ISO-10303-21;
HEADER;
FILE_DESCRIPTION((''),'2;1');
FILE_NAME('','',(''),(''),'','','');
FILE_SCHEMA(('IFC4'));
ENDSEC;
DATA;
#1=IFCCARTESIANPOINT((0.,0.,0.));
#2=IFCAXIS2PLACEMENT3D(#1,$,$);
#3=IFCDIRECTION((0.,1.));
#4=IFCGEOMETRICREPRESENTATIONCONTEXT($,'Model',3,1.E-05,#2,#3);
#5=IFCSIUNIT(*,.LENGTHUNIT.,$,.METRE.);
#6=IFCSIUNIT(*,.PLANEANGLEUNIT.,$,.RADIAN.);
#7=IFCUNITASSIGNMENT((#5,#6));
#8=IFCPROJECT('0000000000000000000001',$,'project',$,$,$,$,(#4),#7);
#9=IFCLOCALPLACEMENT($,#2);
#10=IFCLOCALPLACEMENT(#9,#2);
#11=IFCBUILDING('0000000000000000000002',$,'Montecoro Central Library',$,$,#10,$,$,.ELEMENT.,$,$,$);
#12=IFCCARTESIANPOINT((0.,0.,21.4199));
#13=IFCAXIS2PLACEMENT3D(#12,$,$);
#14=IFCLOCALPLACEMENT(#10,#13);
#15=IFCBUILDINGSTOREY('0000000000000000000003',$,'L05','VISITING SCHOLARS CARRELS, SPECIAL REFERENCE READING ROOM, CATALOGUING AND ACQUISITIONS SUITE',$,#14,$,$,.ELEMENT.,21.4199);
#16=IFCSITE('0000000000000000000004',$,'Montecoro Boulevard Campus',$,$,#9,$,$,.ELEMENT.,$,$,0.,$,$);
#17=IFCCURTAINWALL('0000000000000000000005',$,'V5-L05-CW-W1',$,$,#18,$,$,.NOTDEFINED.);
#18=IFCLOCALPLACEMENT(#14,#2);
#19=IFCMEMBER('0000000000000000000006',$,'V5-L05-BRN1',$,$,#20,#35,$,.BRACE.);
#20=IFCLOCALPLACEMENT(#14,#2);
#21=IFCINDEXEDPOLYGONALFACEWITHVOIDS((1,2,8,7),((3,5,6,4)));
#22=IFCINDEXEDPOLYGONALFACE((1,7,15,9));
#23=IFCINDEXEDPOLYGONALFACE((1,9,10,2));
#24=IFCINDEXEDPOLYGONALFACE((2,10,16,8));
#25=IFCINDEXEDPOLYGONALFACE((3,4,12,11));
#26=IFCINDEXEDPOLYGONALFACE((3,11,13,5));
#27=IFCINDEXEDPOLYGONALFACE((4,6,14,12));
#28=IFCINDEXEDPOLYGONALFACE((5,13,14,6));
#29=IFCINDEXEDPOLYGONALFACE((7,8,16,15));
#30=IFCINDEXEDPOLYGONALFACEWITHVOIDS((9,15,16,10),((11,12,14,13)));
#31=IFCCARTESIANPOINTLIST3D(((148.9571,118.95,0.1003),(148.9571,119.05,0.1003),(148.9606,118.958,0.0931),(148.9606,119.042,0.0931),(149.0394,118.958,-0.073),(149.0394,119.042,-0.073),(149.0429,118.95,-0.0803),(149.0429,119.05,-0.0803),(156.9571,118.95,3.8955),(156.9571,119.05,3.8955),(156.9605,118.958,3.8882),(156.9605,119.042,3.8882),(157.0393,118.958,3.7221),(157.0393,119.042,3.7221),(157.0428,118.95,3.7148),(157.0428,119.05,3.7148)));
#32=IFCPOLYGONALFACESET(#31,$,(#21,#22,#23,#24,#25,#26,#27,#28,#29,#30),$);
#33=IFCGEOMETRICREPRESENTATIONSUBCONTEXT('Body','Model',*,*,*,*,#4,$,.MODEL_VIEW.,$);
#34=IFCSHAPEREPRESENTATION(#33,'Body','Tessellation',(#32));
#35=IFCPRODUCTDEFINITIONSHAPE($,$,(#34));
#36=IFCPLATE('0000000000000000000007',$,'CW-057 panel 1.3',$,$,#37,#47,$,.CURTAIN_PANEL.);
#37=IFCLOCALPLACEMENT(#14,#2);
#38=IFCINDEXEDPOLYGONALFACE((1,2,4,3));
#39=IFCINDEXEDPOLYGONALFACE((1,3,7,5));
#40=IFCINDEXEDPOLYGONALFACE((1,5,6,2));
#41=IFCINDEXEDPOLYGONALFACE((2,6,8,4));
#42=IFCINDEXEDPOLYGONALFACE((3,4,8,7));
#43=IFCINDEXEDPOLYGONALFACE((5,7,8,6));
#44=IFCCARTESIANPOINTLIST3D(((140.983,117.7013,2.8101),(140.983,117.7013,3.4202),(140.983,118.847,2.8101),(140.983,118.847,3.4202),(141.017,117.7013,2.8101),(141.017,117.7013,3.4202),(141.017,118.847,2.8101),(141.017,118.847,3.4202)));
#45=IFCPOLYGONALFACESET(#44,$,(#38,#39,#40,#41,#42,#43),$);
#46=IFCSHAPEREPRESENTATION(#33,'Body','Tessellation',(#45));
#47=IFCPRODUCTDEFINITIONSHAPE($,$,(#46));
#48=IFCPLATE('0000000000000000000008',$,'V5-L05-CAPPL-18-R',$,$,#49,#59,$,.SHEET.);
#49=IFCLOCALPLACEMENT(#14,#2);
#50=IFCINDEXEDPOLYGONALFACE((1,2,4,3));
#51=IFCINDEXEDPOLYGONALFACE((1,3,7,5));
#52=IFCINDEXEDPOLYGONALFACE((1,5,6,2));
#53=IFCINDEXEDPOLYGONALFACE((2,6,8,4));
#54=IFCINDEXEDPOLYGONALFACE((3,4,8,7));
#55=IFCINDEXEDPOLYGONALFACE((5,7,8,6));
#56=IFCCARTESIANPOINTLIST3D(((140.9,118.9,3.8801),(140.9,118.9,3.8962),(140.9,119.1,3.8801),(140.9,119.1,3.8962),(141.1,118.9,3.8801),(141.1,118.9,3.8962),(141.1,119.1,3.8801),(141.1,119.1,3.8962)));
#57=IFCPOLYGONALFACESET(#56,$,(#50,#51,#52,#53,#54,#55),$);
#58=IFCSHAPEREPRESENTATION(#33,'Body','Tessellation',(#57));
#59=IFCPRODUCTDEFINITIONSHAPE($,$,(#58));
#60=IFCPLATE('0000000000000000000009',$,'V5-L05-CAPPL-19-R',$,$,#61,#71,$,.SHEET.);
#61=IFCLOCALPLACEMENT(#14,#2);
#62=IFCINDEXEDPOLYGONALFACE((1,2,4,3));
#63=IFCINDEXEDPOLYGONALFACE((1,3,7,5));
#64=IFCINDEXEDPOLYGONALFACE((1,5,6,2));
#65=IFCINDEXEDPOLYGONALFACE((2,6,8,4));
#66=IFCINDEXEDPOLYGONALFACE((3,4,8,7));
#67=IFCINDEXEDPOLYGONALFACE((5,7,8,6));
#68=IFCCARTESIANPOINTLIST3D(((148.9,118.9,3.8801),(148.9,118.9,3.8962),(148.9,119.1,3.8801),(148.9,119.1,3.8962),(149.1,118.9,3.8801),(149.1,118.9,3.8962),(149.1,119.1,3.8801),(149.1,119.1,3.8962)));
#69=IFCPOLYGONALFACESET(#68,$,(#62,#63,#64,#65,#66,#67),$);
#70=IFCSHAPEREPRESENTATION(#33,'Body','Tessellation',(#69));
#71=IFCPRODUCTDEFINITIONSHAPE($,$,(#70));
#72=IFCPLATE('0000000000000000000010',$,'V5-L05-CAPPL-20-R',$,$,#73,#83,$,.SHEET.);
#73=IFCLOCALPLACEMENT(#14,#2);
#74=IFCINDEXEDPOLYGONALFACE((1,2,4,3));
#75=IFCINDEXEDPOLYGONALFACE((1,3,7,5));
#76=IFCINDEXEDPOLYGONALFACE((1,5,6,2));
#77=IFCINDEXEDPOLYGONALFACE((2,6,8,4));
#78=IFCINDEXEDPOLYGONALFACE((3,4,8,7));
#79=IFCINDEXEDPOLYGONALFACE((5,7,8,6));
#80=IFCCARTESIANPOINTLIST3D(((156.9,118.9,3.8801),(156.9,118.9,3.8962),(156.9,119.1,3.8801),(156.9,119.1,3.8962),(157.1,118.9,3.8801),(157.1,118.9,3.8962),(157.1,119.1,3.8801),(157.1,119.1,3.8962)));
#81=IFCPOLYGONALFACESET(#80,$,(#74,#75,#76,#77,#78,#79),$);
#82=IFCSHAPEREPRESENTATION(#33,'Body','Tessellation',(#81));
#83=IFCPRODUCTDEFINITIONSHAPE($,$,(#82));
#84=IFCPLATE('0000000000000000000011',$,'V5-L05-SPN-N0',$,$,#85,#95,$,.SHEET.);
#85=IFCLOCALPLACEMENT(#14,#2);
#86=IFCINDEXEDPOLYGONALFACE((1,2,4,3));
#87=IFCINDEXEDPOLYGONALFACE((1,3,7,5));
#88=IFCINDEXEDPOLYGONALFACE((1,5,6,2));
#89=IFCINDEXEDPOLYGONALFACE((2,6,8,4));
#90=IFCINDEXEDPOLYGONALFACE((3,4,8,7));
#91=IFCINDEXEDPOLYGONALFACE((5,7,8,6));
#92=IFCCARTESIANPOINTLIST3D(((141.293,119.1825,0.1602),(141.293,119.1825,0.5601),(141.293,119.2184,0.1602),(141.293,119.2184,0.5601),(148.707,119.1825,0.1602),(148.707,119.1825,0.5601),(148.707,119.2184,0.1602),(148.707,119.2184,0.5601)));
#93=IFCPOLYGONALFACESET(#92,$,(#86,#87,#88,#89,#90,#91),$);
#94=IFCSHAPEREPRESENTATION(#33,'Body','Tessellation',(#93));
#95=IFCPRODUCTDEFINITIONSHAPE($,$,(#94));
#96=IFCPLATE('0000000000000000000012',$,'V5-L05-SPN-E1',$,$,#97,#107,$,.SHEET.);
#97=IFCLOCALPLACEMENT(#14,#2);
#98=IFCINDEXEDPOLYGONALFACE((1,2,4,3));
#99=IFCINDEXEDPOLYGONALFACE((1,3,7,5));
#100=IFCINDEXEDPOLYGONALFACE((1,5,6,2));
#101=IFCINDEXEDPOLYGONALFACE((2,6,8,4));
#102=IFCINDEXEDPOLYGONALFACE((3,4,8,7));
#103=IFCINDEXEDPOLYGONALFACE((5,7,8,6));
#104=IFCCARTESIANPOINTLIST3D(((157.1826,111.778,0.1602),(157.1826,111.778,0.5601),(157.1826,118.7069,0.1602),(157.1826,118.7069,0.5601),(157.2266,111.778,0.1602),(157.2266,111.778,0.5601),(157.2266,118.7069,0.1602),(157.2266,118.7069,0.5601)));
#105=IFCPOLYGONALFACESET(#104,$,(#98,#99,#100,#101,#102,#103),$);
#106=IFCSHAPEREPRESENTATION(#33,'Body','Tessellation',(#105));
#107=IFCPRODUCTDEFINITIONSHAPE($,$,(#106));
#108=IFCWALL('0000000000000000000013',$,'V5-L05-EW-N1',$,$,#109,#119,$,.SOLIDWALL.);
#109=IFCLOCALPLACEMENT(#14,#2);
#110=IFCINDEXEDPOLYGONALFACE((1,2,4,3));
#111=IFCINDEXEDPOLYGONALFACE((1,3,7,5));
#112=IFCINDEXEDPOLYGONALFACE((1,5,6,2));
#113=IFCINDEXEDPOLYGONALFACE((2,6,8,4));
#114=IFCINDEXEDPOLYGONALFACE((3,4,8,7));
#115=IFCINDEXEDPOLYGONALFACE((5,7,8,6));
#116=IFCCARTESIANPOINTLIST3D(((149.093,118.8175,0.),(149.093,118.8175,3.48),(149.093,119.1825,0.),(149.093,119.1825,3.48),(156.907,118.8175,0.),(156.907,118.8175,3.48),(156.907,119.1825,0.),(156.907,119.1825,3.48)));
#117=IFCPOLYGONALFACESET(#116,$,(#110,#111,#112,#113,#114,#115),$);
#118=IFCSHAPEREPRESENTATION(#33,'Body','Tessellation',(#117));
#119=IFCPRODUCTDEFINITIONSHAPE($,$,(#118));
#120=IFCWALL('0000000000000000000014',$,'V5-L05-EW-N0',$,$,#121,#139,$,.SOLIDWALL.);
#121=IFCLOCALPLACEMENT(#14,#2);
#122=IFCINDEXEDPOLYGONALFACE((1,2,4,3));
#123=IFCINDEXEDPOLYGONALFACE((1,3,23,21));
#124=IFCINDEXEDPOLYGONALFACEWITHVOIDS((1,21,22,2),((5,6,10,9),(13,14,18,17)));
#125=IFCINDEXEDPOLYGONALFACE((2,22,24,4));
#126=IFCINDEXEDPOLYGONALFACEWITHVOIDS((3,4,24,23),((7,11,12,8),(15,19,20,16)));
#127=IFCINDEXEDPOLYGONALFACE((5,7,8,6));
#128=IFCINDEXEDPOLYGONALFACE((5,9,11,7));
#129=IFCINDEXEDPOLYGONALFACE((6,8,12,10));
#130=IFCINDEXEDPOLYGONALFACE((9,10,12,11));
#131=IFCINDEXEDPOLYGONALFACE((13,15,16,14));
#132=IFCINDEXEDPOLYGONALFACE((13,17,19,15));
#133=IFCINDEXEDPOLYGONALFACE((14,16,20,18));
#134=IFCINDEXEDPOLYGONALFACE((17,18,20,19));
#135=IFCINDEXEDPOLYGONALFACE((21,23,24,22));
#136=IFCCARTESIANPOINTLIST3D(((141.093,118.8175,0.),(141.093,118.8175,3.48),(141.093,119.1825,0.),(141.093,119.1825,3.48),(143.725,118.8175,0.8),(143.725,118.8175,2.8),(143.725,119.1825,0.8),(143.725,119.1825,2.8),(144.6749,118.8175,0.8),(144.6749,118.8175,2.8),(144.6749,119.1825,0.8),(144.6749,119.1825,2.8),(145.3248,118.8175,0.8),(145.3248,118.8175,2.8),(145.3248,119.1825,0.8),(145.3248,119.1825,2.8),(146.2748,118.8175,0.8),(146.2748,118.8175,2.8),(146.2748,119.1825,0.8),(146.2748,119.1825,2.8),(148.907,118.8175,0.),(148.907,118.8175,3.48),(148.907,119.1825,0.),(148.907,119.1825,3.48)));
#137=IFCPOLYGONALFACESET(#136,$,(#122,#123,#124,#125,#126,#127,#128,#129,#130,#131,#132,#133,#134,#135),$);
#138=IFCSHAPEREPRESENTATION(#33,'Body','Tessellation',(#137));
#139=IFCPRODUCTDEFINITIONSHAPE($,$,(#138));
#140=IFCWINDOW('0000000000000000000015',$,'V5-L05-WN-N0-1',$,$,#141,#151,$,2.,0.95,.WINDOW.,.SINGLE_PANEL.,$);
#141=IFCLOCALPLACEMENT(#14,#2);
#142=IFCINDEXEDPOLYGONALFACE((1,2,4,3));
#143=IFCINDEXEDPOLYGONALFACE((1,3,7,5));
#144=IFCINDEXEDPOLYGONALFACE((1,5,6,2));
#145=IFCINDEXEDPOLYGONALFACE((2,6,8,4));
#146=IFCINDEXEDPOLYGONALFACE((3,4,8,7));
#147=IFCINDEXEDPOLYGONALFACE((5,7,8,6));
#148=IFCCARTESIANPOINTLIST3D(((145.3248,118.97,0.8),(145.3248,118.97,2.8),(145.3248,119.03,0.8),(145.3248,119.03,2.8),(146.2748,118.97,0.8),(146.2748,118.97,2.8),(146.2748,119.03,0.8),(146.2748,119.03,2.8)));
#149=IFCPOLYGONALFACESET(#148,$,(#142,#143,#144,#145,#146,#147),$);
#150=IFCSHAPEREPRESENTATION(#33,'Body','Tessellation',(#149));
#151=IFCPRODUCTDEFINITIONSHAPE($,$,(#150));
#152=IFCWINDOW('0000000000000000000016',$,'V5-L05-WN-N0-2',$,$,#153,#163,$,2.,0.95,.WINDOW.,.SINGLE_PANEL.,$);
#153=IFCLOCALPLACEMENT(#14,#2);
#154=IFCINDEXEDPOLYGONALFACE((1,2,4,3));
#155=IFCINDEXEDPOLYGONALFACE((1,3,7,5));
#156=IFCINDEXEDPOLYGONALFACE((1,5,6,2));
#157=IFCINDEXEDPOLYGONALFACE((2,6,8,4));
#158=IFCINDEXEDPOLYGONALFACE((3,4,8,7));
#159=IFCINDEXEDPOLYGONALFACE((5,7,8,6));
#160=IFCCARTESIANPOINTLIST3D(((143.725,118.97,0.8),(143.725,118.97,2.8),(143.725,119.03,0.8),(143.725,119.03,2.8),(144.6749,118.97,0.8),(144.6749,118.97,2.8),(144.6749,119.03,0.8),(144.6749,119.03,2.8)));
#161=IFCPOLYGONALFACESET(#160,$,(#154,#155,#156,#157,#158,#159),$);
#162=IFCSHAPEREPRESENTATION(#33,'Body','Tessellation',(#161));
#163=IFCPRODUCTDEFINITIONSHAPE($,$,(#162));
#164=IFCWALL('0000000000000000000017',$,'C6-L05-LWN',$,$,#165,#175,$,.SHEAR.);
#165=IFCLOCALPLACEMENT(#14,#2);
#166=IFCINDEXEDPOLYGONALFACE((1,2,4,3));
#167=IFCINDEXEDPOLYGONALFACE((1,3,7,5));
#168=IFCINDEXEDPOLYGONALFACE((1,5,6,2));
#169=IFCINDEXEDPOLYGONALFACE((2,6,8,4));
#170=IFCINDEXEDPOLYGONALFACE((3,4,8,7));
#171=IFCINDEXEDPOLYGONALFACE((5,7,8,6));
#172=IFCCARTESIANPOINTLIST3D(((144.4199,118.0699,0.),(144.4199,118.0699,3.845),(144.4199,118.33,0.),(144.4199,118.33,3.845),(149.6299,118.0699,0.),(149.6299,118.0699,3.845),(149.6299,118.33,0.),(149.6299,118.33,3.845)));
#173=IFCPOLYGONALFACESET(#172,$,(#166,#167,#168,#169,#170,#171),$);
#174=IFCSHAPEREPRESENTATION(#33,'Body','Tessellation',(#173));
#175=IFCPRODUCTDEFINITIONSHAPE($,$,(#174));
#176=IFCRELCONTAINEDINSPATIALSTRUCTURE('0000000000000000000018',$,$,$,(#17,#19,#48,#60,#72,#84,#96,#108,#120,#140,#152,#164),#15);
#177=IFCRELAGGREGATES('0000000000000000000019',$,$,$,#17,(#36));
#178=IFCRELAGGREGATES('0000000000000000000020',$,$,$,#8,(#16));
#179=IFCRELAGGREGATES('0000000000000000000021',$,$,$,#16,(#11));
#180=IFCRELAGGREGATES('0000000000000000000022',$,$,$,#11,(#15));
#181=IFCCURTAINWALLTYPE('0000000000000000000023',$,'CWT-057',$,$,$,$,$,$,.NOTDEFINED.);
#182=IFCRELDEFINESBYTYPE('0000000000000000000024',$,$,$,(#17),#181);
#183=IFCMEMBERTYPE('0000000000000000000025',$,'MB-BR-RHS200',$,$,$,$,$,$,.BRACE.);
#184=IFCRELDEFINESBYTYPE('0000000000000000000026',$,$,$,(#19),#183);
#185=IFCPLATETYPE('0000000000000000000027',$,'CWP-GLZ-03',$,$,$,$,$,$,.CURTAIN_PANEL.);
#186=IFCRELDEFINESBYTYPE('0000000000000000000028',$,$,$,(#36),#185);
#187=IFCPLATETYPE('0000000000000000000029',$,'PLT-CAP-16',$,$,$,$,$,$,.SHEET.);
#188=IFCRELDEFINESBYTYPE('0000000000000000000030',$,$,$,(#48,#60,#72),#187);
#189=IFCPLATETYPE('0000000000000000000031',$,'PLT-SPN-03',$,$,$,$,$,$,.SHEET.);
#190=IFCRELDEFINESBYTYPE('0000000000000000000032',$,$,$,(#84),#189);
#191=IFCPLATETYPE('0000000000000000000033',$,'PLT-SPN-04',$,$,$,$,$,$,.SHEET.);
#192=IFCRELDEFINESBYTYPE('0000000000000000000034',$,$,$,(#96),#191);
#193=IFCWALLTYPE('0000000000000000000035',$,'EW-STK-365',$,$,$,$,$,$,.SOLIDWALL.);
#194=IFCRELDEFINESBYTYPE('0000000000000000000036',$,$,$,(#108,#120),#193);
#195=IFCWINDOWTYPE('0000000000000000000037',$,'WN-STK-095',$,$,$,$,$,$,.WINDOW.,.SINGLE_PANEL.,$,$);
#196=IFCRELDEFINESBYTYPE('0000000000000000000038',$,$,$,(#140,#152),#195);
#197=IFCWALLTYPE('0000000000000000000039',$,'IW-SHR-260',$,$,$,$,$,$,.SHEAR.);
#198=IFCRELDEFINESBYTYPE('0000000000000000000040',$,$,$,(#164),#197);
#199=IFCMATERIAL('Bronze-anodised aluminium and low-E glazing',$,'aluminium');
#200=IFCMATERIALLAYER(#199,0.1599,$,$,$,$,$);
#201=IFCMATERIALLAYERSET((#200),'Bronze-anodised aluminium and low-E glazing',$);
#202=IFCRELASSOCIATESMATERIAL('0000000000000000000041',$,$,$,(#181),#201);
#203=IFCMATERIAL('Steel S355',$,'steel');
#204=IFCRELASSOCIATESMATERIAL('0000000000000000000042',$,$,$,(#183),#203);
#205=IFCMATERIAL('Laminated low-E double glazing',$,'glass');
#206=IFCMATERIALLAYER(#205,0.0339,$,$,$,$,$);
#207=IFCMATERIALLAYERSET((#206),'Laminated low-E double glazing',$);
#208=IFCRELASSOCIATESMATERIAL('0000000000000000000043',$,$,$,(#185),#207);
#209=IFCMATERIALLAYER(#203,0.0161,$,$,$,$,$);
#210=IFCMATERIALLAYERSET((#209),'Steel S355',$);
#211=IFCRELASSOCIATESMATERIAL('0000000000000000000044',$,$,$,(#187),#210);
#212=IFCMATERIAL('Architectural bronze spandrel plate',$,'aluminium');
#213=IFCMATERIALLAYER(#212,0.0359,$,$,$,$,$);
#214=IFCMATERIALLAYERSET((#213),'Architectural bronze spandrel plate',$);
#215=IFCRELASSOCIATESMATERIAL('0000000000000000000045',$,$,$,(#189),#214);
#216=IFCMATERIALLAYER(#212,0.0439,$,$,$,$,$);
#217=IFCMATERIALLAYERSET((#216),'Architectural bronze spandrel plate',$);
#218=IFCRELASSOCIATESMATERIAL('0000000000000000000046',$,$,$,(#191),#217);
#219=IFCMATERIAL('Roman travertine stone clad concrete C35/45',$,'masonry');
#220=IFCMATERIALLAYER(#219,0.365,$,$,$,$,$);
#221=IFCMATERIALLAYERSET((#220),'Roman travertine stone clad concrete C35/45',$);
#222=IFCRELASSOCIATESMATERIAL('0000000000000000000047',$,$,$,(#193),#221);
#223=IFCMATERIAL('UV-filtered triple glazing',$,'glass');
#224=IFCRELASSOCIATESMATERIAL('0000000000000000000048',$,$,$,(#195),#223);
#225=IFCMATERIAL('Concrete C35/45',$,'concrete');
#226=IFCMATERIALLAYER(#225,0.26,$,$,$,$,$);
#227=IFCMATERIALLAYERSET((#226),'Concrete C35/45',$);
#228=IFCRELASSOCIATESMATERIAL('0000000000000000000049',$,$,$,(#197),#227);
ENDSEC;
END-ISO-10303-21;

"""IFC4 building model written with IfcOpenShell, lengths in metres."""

from ifc_helpers import new_model, si_unit, direction, frame, frame_2d, origin, origin_2d, place, context, subcontext, project, spatial, rectangle, hollow_rectangle, extrude, material, layer, layer_set, material_profile, profile_set, type_object, element, fill, aggregate, save


model = new_model("IFC4")

# Units and contexts
model_context = context("Model", 3, precision=1e-05, world=origin(), true_north=direction((0.0, 1.0)))
body_context = subcontext(model_context, "Body", "Model", "MODEL_VIEW")
ifc_project = project(units=[si_unit("LENGTHUNIT", "METRE"), si_unit("PLANEANGLEUNIT", "RADIAN")], contexts=[model_context])

# Site, building, storey
site_placement = place(None, origin())
site = spatial("IfcSite", under=ifc_project, at=site_placement, Name="Montecoro Boulevard Campus", CompositionType="ELEMENT", RefElevation=0.0)
building_placement = place(site_placement, origin())
building = spatial("IfcBuilding", under=site, at=building_placement, Name="Montecoro Central Library", CompositionType="ELEMENT")
storey_placement = place(building_placement, frame((0.0, 0.0, 21.4199)))
storey = spatial("IfcBuildingStorey", under=building, at=storey_placement, Name="L05", Description="VISITING SCHOLARS CARRELS, SPECIAL REFERENCE READING ROOM, CATALOGUING AND ACQUISITIONS SUITE", CompositionType="ELEMENT", Elevation=21.4199)

# Shared definitions
ifc_material_1 = material(Name="Steel S355", Category="steel")

# Curtain wall
ifc_material_2 = material(Name="Bronze-anodised aluminium and low-E glazing", Category="aluminium")
ifc_layer_1 = layer(ifc_material_2, 0.1599)
ifc_layer_set_1 = layer_set([ifc_layer_1], Name="Bronze-anodised aluminium and low-E glazing")
curtain_wall_type = type_object("IfcCurtainWallType", Name="CWT-057", PredefinedType="NOTDEFINED", material=ifc_layer_set_1)
curtain_wall_placement = place(storey_placement, origin())
curtain_wall = element("IfcCurtainWall", 1, at=curtain_wall_placement, inside=storey, type_object=curtain_wall_type, Name="V5-L05-CW-W1", PredefinedType="NOTDEFINED")

# Member
ifc_material_profile_1 = material_profile(ifc_material_1, hollow_rectangle(XDim=0.1001, YDim=0.2, WallThickness=0.0081, at=origin_2d()), Name="RHS 200x100x8.0")
ifc_profile_set_1 = profile_set([ifc_material_profile_1], Name="Steel S355")
member_type_1 = type_object("IfcMemberType", Name="MB-BR-RHS200", PredefinedType="BRACE", material=ifc_profile_set_1)
member_1_placement = place(storey_placement, frame((149.0, 119.0, 0.01), z_axis=(0.903489, 0.0, 0.428611), x_axis=(0.0, 1.0, 0.0)))
element("IfcMember", 2, at=member_1_placement, inside=storey, type_object=member_type_1, Name="V5-L05-BRN1", PredefinedType="BRACE", context=body_context, shape_type="SweptSolid", body=[
    extrude(hollow_rectangle(XDim=0.1001, YDim=0.2, WallThickness=0.0081, at=origin_2d()), origin(), (0.0, 0.0, 1.0), 8.8545),
])

# Plate
ifc_material_3 = material(Name="Laminated low-E double glazing", Category="glass")
ifc_layer_2 = layer(ifc_material_3, 0.0339)
ifc_layer_set_2 = layer_set([ifc_layer_2], Name="Laminated low-E double glazing")
plate_type_1 = type_object("IfcPlateType", Name="CWP-GLZ-03", PredefinedType="CURTAIN_PANEL", material=ifc_layer_set_2)
plate_1_placement = place(storey_placement, frame((141.0, 118.2742, 2.8101), z_axis=(0.0, 0.0, 1.0), x_axis=(0.0, -1.0, 0.0)))
plate_1 = element("IfcPlate", 3, at=plate_1_placement, type_object=plate_type_1, Name="CW-057 panel 1.3", PredefinedType="CURTAIN_PANEL", context=body_context, shape_type="SweptSolid", body=[
    extrude(rectangle(XDim=1.1458, YDim=0.0339, at=origin_2d()), origin(), (0.0, 0.0, 1.0), 0.6101),
])
aggregate(curtain_wall, [plate_1])

# Plates
ifc_layer_3 = layer(ifc_material_1, 0.0161)
ifc_layer_set_3 = layer_set([ifc_layer_3], Name="Steel S355")
plate_type_2 = type_object("IfcPlateType", Name="PLT-CAP-16", PredefinedType="SHEET", material=ifc_layer_set_3)
for number, where, z_axis, x_axis, name in (
    (4, (141.0, 119.0, 3.8801), (0.0, 0.0, 1.0), (1.0, 0.0, 0.0), "V5-L05-CAPPL-18-R"),
    (5, (149.0, 119.0, 3.8801), (0.0, 0.0, 1.0), (1.0, 0.0, 0.0), "V5-L05-CAPPL-19-R"),
    (6, (157.0, 119.0, 3.8801), (0.0, 0.0, 1.0), (1.0, 0.0, 0.0), "V5-L05-CAPPL-20-R"),
):
    element("IfcPlate", number, at=place(storey_placement, frame(where, z_axis=z_axis, x_axis=x_axis)), inside=storey, type_object=plate_type_2, Name=name, PredefinedType="SHEET", context=body_context, shape_type="SweptSolid", body=[
        extrude(rectangle(XDim=0.2, YDim=0.2, at=origin_2d()), origin(), (0.0, 0.0, 1.0), 0.0161),
    ])
ifc_material_4 = material(Name="Architectural bronze spandrel plate", Category="aluminium")
ifc_layer_4 = layer(ifc_material_4, 0.0359)
ifc_layer_set_4 = layer_set([ifc_layer_4], Name="Architectural bronze spandrel plate")
plate_type_3 = type_object("IfcPlateType", Name="PLT-SPN-03", PredefinedType="SHEET", material=ifc_layer_set_4)
plate_2_placement = place(storey_placement, frame((145.0, 119.2004, 0.1602), z_axis=(0.0, 0.0, 1.0), x_axis=(-1.0, 0.0, 0.0)))
element("IfcPlate", 7, at=plate_2_placement, inside=storey, type_object=plate_type_3, Name="V5-L05-SPN-N0", PredefinedType="SHEET", context=body_context, shape_type="SweptSolid", body=[
    extrude(rectangle(XDim=7.4141, YDim=0.0359, at=origin_2d()), origin(), (0.0, 0.0, 1.0), 0.3999),
])
ifc_layer_5 = layer(ifc_material_4, 0.0439)
ifc_layer_set_5 = layer_set([ifc_layer_5], Name="Architectural bronze spandrel plate")
plate_type_4 = type_object("IfcPlateType", Name="PLT-SPN-04", PredefinedType="SHEET", material=ifc_layer_set_5)
plate_3_placement = place(storey_placement, frame((157.2046, 115.2424, 0.1602), z_axis=(0.0, 0.0, 1.0), x_axis=(0.0, 1.0, 0.0)))
element("IfcPlate", 8, at=plate_3_placement, inside=storey, type_object=plate_type_4, Name="V5-L05-SPN-E1", PredefinedType="SHEET", context=body_context, shape_type="SweptSolid", body=[
    extrude(rectangle(XDim=6.929, YDim=0.0439, at=origin_2d()), origin(), (0.0, 0.0, 1.0), 0.3999),
])

# Wall
ifc_material_5 = material(Name="Roman travertine stone clad concrete C35/45", Category="masonry")
ifc_layer_6 = layer(ifc_material_5, 0.365)
ifc_layer_set_6 = layer_set([ifc_layer_6], Name="Roman travertine stone clad concrete C35/45")
wall_type_1 = type_object("IfcWallType", Name="EW-STK-365", PredefinedType="SOLIDWALL", material=ifc_layer_set_6)
wall_1_placement = place(storey_placement, frame((156.907, 119.0, 0.0), z_axis=(0.0, 0.0, 1.0), x_axis=(-1.0, 0.0, 0.0)))
element("IfcWall", 9, at=wall_1_placement, inside=storey, type_object=wall_type_1, Name="V5-L05-EW-N1", PredefinedType="SOLIDWALL", context=body_context, shape_type="SweptSolid", body=[
    extrude(rectangle(XDim=7.814, YDim=0.365, at=frame_2d((3.907, 0.0))), origin(), (0.0, 0.0, 1.0), 3.48),
])

# Wall, openings, windows
wall_2_placement = place(storey_placement, frame((148.907, 119.0, 0.0), z_axis=(0.0, 0.0, 1.0), x_axis=(-1.0, 0.0, 0.0)))
wall_2 = element("IfcWall", 10, at=wall_2_placement, inside=storey, type_object=wall_type_1, Name="V5-L05-EW-N0", PredefinedType="SOLIDWALL", context=body_context, shape_type="SweptSolid", body=[
    extrude(rectangle(XDim=7.814, YDim=0.365, at=frame_2d((3.907, 0.0))), origin(), (0.0, 0.0, 1.0), 3.48),
])
opening_1_placement = place(wall_2_placement, frame((2.6321, 0.0, 0.8)))
opening_1 = element("IfcOpeningElement", 11, at=opening_1_placement, cuts=wall_2, PredefinedType="OPENING", context=body_context, shape_type="SweptSolid", body=[
    extrude(rectangle(XDim=0.95, YDim=2.0, at=frame_2d((0.4751, 1.0))), frame((0.0, 0.1924, 0.0), z_axis=(0.0, -1.0, 0.0), x_axis=(1.0, 0.0, 0.0)), (0.0, 0.0, 1.0), 0.385),
])
opening_2_placement = place(wall_2_placement, frame((4.2319, 0.0, 0.8)))
opening_2 = element("IfcOpeningElement", 12, at=opening_2_placement, cuts=wall_2, PredefinedType="OPENING", context=body_context, shape_type="SweptSolid", body=[
    extrude(rectangle(XDim=0.95, YDim=2.0, at=frame_2d((0.4751, 1.0))), frame((0.0, 0.1924, 0.0), z_axis=(0.0, -1.0, 0.0), x_axis=(1.0, 0.0, 0.0)), (0.0, 0.0, 1.0), 0.385),
])
ifc_material_6 = material(Name="UV-filtered triple glazing", Category="glass")
window_type = type_object("IfcWindowType", Name="WN-STK-095", PartitioningType="SINGLE_PANEL", PredefinedType="WINDOW", material=ifc_material_6)
window_1_placement = place(opening_1_placement, origin())
window_1 = element("IfcWindow", 13, at=window_1_placement, inside=storey, type_object=window_type, Name="V5-L05-WN-N0-1", OverallHeight=2.0, OverallWidth=0.95, PartitioningType="SINGLE_PANEL", PredefinedType="WINDOW", context=body_context, shape_type="SweptSolid", body=[
    extrude(rectangle(XDim=0.95, YDim=2.0, at=frame_2d((0.4751, 1.0))), frame((0.0, 0.03, 0.0), z_axis=(0.0, -1.0, 0.0), x_axis=(1.0, 0.0, 0.0)), (0.0, 0.0, 1.0), 0.0601),
])
fill(opening_1, window_1)
window_2_placement = place(opening_2_placement, origin())
window_2 = element("IfcWindow", 14, at=window_2_placement, inside=storey, type_object=window_type, Name="V5-L05-WN-N0-2", OverallHeight=2.0, OverallWidth=0.95, PartitioningType="SINGLE_PANEL", PredefinedType="WINDOW", context=body_context, shape_type="SweptSolid", body=[
    extrude(rectangle(XDim=0.95, YDim=2.0, at=frame_2d((0.4751, 1.0))), frame((0.0, 0.03, 0.0), z_axis=(0.0, -1.0, 0.0), x_axis=(1.0, 0.0, 0.0)), (0.0, 0.0, 1.0), 0.0601),
])
fill(opening_2, window_2)

# Wall
ifc_material_7 = material(Name="Concrete C35/45", Category="concrete")
ifc_layer_7 = layer(ifc_material_7, 0.26)
ifc_layer_set_7 = layer_set([ifc_layer_7], Name="Concrete C35/45")
wall_type_2 = type_object("IfcWallType", Name="IW-SHR-260", PredefinedType="SHEAR", material=ifc_layer_set_7)
wall_3_placement = place(storey_placement, frame((149.6299, 118.2, 0.0), z_axis=(0.0, 0.0, 1.0), x_axis=(-1.0, 0.0, 0.0)))
element("IfcWall", 15, at=wall_3_placement, inside=storey, type_object=wall_type_2, Name="C6-L05-LWN", PredefinedType="SHEAR", context=body_context, shape_type="SweptSolid", body=[
    extrude(rectangle(XDim=5.21, YDim=0.26, at=frame_2d((2.605, 0.0))), origin(), (0.0, 0.0, 1.0), 3.845),
])

save(model, "model.ifc")
